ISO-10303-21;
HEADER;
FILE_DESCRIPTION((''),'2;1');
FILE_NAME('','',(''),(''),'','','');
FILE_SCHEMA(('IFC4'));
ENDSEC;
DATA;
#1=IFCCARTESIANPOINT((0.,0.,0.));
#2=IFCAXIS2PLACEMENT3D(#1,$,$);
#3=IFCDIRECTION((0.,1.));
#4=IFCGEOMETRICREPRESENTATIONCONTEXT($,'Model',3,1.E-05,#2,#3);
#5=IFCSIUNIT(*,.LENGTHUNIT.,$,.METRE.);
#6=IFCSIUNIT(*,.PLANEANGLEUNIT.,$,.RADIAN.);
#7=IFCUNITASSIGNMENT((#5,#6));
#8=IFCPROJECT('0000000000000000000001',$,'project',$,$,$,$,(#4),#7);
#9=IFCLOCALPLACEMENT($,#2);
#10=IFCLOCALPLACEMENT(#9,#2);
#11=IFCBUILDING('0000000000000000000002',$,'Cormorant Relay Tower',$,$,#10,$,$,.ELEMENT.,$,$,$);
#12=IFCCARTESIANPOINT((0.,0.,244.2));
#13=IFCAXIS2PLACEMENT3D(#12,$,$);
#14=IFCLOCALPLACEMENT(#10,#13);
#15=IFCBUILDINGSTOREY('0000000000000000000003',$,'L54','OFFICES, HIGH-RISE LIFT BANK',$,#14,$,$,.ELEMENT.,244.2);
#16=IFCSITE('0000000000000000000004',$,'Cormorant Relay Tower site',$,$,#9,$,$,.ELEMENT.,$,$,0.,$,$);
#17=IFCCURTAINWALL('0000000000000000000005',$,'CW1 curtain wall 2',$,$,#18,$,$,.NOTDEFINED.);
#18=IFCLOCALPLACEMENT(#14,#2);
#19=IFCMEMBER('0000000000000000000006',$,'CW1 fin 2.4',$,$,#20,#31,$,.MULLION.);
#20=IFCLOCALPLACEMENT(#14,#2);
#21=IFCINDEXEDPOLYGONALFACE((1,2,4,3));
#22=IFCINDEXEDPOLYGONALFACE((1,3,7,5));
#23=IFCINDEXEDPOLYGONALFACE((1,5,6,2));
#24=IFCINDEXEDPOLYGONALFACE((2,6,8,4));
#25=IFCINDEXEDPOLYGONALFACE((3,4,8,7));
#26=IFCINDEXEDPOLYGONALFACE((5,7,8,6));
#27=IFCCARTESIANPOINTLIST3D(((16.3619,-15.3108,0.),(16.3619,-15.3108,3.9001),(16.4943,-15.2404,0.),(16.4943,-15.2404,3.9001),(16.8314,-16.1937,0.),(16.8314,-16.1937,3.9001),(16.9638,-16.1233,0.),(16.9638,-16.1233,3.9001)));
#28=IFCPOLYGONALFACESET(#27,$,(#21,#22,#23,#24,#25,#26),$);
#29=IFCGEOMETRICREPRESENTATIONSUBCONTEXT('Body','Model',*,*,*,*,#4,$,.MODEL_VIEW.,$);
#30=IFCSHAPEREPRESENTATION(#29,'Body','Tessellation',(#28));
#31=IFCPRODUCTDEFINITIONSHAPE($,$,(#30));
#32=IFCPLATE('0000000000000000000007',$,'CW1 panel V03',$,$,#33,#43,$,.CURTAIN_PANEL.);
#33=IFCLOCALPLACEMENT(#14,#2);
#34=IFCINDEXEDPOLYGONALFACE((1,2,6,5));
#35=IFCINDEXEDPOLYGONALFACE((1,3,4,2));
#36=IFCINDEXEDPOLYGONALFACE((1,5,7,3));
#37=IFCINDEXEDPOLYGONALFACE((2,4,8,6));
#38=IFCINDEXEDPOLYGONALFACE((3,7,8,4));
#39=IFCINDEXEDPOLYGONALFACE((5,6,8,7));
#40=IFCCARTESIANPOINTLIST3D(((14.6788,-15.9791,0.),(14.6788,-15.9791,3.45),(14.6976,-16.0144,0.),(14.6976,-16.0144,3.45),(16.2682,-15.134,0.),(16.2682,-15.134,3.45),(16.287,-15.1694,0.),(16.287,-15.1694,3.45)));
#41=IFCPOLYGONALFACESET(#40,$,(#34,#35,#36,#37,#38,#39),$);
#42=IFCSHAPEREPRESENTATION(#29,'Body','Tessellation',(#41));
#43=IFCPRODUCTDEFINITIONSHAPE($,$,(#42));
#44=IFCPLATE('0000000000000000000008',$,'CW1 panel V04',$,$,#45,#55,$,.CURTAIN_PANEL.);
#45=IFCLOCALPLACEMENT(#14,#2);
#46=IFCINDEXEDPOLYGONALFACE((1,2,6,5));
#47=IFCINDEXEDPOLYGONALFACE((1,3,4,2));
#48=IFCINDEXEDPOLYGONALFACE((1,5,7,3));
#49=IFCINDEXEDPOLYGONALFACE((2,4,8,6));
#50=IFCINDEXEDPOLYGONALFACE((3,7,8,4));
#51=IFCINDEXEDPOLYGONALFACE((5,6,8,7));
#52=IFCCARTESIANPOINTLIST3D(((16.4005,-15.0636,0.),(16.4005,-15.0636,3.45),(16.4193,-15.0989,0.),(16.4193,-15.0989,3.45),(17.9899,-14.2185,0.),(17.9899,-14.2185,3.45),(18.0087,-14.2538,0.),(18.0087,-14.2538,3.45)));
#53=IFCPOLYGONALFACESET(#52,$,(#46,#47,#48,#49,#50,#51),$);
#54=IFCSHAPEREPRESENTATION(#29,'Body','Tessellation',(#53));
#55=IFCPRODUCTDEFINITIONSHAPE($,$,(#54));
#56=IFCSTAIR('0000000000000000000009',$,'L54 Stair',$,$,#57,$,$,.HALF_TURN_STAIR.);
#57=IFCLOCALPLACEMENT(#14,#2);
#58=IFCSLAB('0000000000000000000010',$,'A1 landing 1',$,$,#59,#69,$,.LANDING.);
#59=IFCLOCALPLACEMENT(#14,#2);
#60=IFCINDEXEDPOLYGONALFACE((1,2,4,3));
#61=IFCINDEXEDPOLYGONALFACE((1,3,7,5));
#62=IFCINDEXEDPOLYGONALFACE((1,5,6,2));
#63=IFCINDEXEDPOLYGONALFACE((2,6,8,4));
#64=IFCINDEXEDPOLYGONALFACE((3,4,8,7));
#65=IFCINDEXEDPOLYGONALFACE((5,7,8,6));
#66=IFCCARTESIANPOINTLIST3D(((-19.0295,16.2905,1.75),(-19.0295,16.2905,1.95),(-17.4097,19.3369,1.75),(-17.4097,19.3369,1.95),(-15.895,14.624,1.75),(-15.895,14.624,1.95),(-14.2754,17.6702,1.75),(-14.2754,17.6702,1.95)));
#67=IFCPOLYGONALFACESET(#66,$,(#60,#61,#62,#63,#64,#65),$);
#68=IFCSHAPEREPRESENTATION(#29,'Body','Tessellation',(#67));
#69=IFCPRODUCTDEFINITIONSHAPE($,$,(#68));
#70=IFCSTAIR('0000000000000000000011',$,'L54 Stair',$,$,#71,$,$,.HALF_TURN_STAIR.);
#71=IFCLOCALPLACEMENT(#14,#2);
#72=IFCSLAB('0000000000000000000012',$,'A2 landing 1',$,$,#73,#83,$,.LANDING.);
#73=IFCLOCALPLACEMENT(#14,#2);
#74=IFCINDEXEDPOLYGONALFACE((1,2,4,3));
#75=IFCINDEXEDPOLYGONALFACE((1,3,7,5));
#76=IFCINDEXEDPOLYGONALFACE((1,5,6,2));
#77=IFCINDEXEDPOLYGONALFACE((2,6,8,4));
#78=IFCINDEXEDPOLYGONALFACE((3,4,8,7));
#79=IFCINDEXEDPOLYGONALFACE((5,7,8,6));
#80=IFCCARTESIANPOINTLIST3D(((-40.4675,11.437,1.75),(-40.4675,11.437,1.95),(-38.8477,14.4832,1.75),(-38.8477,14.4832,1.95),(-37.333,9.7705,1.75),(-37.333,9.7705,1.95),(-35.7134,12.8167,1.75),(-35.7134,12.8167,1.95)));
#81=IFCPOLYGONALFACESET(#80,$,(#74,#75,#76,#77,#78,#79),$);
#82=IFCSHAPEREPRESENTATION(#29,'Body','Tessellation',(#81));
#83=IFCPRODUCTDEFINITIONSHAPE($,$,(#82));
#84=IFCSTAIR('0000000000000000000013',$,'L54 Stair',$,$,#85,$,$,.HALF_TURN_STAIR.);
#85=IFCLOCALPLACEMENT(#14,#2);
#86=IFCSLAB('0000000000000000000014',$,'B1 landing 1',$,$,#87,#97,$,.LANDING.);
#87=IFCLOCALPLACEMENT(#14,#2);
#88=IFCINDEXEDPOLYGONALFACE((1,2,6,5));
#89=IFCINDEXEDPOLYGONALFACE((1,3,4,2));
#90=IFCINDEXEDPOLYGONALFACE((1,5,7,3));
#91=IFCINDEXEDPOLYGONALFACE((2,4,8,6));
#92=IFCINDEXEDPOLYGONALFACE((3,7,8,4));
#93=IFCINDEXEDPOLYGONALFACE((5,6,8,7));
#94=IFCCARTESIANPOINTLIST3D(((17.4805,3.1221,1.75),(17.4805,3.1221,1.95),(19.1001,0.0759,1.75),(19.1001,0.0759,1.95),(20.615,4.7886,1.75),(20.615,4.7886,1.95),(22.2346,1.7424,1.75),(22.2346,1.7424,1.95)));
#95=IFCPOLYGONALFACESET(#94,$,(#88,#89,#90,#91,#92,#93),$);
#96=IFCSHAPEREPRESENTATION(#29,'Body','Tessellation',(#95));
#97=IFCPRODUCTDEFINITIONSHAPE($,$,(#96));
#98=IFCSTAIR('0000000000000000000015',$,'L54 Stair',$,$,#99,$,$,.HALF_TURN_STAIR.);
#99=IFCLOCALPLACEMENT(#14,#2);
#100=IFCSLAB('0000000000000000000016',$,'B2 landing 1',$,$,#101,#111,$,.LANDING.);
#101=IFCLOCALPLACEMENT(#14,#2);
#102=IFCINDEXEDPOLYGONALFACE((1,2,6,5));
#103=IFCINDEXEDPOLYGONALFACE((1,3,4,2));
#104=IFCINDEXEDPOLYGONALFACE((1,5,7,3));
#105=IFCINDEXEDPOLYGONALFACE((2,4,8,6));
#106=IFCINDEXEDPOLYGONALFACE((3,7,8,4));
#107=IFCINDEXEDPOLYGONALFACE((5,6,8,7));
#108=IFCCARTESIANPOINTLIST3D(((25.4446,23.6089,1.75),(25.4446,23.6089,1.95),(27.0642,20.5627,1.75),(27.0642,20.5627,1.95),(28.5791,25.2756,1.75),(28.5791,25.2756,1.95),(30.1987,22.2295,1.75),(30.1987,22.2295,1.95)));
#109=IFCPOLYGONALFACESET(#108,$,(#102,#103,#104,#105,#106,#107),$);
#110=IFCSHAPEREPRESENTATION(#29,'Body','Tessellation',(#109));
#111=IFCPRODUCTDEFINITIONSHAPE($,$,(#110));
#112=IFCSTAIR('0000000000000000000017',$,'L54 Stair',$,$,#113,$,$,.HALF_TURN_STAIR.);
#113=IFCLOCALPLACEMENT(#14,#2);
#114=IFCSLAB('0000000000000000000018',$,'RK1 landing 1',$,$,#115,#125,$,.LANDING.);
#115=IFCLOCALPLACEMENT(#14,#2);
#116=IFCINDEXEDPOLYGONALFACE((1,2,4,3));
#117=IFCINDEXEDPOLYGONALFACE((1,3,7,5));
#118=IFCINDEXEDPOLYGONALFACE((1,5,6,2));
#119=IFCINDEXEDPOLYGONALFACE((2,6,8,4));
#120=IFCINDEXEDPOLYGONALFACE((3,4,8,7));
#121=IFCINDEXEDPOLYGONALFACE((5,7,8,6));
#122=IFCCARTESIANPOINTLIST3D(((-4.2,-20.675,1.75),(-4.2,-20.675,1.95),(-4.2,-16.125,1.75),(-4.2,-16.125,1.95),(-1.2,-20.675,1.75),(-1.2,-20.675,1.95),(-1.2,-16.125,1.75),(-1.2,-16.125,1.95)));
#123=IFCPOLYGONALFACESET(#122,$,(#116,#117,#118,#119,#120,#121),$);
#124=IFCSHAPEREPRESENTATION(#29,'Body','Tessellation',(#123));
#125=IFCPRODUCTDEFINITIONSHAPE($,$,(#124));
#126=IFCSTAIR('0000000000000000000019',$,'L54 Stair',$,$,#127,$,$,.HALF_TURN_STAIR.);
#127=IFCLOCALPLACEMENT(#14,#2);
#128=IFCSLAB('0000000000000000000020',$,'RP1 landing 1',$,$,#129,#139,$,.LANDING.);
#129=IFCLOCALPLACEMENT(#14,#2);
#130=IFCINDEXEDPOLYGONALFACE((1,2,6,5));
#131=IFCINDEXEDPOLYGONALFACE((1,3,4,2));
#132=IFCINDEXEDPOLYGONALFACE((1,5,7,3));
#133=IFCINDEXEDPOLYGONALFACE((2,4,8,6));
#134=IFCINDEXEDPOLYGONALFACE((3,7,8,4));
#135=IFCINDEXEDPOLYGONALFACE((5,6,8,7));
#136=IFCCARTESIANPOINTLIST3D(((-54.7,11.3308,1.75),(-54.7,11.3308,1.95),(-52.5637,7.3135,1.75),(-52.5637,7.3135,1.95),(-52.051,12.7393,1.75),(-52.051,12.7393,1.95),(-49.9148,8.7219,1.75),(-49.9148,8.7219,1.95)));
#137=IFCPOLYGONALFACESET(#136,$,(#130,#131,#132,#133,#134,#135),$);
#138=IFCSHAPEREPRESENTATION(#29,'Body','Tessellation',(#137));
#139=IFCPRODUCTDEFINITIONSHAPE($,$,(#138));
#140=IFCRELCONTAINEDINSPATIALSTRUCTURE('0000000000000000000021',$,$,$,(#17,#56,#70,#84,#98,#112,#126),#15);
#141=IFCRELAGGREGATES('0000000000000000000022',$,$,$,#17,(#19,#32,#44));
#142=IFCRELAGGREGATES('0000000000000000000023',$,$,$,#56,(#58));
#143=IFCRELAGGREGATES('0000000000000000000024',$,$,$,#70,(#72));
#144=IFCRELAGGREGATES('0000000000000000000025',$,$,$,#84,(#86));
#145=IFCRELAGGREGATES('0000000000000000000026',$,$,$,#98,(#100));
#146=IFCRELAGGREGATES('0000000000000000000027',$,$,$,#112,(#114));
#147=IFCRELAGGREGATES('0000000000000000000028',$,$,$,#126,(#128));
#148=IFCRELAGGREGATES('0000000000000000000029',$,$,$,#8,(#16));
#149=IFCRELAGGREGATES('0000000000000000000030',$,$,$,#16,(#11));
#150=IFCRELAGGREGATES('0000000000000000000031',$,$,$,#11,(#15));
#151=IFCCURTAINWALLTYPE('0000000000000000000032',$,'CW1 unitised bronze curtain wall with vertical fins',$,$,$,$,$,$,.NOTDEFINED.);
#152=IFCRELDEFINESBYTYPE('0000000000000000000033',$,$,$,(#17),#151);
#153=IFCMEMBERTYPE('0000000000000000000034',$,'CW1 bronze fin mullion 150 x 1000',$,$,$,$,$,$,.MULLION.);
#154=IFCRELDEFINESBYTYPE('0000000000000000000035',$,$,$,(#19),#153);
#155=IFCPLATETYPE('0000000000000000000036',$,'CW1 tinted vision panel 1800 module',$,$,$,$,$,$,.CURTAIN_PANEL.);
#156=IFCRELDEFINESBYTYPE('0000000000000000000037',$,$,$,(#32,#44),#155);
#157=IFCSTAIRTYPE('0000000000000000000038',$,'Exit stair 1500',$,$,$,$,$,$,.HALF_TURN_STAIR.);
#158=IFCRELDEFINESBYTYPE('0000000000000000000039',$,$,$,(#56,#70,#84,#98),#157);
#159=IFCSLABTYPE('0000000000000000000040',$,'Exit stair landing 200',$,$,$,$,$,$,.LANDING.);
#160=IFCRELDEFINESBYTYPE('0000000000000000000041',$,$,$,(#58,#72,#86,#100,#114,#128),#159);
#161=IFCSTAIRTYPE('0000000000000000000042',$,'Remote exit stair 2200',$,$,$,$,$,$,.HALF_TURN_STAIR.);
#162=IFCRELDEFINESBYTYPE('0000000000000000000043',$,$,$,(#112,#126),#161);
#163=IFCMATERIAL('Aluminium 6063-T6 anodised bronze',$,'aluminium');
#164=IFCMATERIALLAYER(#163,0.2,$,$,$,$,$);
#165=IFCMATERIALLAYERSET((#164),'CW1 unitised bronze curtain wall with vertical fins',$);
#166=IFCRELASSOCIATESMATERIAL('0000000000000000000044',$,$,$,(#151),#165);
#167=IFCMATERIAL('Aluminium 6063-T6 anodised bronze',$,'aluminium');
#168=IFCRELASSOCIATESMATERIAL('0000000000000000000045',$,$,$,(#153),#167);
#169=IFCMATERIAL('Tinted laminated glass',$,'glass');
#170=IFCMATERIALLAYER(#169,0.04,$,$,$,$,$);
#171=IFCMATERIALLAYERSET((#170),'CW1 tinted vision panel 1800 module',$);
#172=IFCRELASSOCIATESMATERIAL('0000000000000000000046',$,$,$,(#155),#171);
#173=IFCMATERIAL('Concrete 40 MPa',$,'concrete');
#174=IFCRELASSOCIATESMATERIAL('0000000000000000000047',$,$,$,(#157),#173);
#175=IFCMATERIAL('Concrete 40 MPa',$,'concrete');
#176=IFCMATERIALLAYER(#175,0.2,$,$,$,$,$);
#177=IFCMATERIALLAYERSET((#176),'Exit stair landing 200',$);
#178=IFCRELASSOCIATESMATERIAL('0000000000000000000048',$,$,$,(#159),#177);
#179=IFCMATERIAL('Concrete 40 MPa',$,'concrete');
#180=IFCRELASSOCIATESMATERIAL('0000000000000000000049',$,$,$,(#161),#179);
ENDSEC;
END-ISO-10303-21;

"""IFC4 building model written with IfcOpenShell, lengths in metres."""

from ifc_helpers import new_model, si_unit, direction, frame, origin, origin_2d, place, context, subcontext, project, spatial, polyline, rectangle, outline, extrude, material, layer, layer_set, material_profile, profile_set, type_object, element, aggregate, save


model = new_model("IFC4")

# Units and contexts
model_context = context("Model", 3, precision=1e-05, world=origin(), true_north=direction((0.0, 1.0)))
body_context = subcontext(model_context, "Body", "Model", "MODEL_VIEW")
ifc_project = project(units=[si_unit("LENGTHUNIT", "METRE"), si_unit("PLANEANGLEUNIT", "RADIAN")], contexts=[model_context])

# Site, building, storey
site_placement = place(None, origin())
site = spatial("IfcSite", under=ifc_project, at=site_placement, Name="Cormorant Relay Tower site", CompositionType="ELEMENT", RefElevation=0.0)
building_placement = place(site_placement, origin())
building = spatial("IfcBuilding", under=site, at=building_placement, Name="Cormorant Relay Tower", CompositionType="ELEMENT")
storey_placement = place(building_placement, frame((0.0, 0.0, 244.2)))
storey = spatial("IfcBuildingStorey", under=building, at=storey_placement, Name="L54", Description="OFFICES, HIGH-RISE LIFT BANK", CompositionType="ELEMENT", Elevation=244.2)

# Curtain wall, member, plates
ifc_material_1 = material(Name="Aluminium 6063-T6 anodised bronze", Category="aluminium")
ifc_layer_1 = layer(ifc_material_1, 0.2)
ifc_layer_set_1 = layer_set([ifc_layer_1], Name="CW1 unitised bronze curtain wall with vertical fins")
curtain_wall_type = type_object("IfcCurtainWallType", Name="CW1 unitised bronze curtain wall with vertical fins", PredefinedType="NOTDEFINED", material=ifc_layer_set_1)
curtain_wall_placement = place(storey_placement, origin())
curtain_wall = element("IfcCurtainWall", 1, at=curtain_wall_placement, inside=storey, type_object=curtain_wall_type, Name="CW1 curtain wall 2", PredefinedType="NOTDEFINED")
ifc_material_2 = material(Name="Aluminium 6063-T6 anodised bronze", Category="aluminium")
ifc_material_profile_1 = material_profile(ifc_material_2, rectangle(XDim=0.1499, YDim=1.0, at=origin_2d()), Name="AL 150x1000")
ifc_profile_set_1 = profile_set([ifc_material_profile_1], Name="Aluminium 6063-T6 anodised bronze")
member_type = type_object("IfcMemberType", Name="CW1 bronze fin mullion 150 x 1000", PredefinedType="MULLION", material=ifc_profile_set_1)
member_placement = place(storey_placement, frame((16.6628, -15.717, 0.0), z_axis=(0.0, 0.0, 1.0), x_axis=(0.882948, 0.469472, 0.0)))
member = element("IfcMember", 2, at=member_placement, type_object=member_type, Name="CW1 fin 2.4", PredefinedType="MULLION", context=body_context, shape_type="SweptSolid", body=[
    extrude(rectangle(XDim=0.1499, YDim=1.0, at=origin_2d()), origin(), (0.0, 0.0, 1.0), 3.9001),
])
ifc_material_3 = material(Name="Tinted laminated glass", Category="glass")
ifc_layer_2 = layer(ifc_material_3, 0.04)
ifc_layer_set_2 = layer_set([ifc_layer_2], Name="CW1 tinted vision panel 1800 module")
plate_type = type_object("IfcPlateType", Name="CW1 tinted vision panel 1800 module", PredefinedType="CURTAIN_PANEL", material=ifc_layer_set_2)
plate_1_placement = place(storey_placement, frame((15.4829, -15.5742, 0.0), z_axis=(0.0, 0.0, 1.0), x_axis=(0.882948, 0.469472, 0.0)))
plate_1 = element("IfcPlate", 3, at=plate_1_placement, type_object=plate_type, Name="CW1 panel V03", PredefinedType="CURTAIN_PANEL", context=body_context, shape_type="SweptSolid", body=[
    extrude(rectangle(XDim=1.8, YDim=0.04, at=origin_2d()), origin(), (0.0, 0.0, 1.0), 3.45),
])
plate_2_placement = place(storey_placement, frame((17.2046, -14.6587, 0.0), z_axis=(0.0, 0.0, 1.0), x_axis=(0.882948, 0.469472, 0.0)))
plate_2 = element("IfcPlate", 4, at=plate_2_placement, type_object=plate_type, Name="CW1 panel V04", PredefinedType="CURTAIN_PANEL", context=body_context, shape_type="SweptSolid", body=[
    extrude(rectangle(XDim=1.8, YDim=0.04, at=origin_2d()), origin(), (0.0, 0.0, 1.0), 3.45),
])
aggregate(curtain_wall, [member, plate_1, plate_2])

# Stairs, slabs
ifc_material_4 = material(Name="Concrete 40 MPa", Category="concrete")
stair_type_1 = type_object("IfcStairType", Name="Exit stair 1500", PredefinedType="HALF_TURN_STAIR", material=ifc_material_4)
stair_1_placement = place(storey_placement, origin())
stair_1 = element("IfcStair", 5, at=stair_1_placement, inside=storey, type_object=stair_type_1, Name="L54 Stair", PredefinedType="HALF_TURN_STAIR")
ifc_material_5 = material(Name="Concrete 40 MPa", Category="concrete")
ifc_layer_3 = layer(ifc_material_5, 0.2)
ifc_layer_set_3 = layer_set([ifc_layer_3], Name="Exit stair landing 200")
slab_type_1 = type_object("IfcSlabType", Name="Exit stair landing 200", PredefinedType="LANDING", material=ifc_layer_set_3)
slab_1_placement = place(storey_placement, frame((0.0, 0.0, 1.75)))
slab_1 = element("IfcSlab", 6, at=slab_1_placement, type_object=slab_type_1, Name="A1 landing 1", PredefinedType="LANDING", context=body_context, shape_type="SweptSolid", body=[
    extrude(outline(polyline([(-19.0295, 16.2905), (-15.895, 14.624), (-14.2754, 17.6702), (-17.4097, 19.3369), (-19.0295, 16.2905)])), origin(), (0.0, 0.0, 1.0), 0.2),
])
aggregate(stair_1, [slab_1])
stair_2_placement = place(storey_placement, origin())
stair_2 = element("IfcStair", 7, at=stair_2_placement, inside=storey, type_object=stair_type_1, Name="L54 Stair", PredefinedType="HALF_TURN_STAIR")
slab_2_placement = place(storey_placement, frame((0.0, 0.0, 1.75)))
slab_2 = element("IfcSlab", 8, at=slab_2_placement, type_object=slab_type_1, Name="A2 landing 1", PredefinedType="LANDING", context=body_context, shape_type="SweptSolid", body=[
    extrude(outline(polyline([(-35.7134, 12.8167), (-38.8477, 14.4832), (-40.4675, 11.437), (-37.333, 9.7705), (-35.7134, 12.8167)])), origin(), (0.0, 0.0, 1.0), 0.2),
])
aggregate(stair_2, [slab_2])
stair_3_placement = place(storey_placement, origin())
stair_3 = element("IfcStair", 9, at=stair_3_placement, inside=storey, type_object=stair_type_1, Name="L54 Stair", PredefinedType="HALF_TURN_STAIR")
slab_3_placement = place(storey_placement, frame((0.0, 0.0, 1.75)))
slab_3 = element("IfcSlab", 10, at=slab_3_placement, type_object=slab_type_1, Name="B1 landing 1", PredefinedType="LANDING", context=body_context, shape_type="SweptSolid", body=[
    extrude(outline(polyline([(20.615, 4.7886), (17.4805, 3.1221), (19.1001, 0.0759), (22.2346, 1.7424), (20.615, 4.7886)])), origin(), (0.0, 0.0, 1.0), 0.2),
])
aggregate(stair_3, [slab_3])
stair_4_placement = place(storey_placement, origin())
stair_4 = element("IfcStair", 11, at=stair_4_placement, inside=storey, type_object=stair_type_1, Name="L54 Stair", PredefinedType="HALF_TURN_STAIR")
slab_4_placement = place(storey_placement, frame((0.0, 0.0, 1.75)))
slab_4 = element("IfcSlab", 12, at=slab_4_placement, type_object=slab_type_1, Name="B2 landing 1", PredefinedType="LANDING", context=body_context, shape_type="SweptSolid", body=[
    extrude(outline(polyline([(27.0642, 20.5627), (30.1987, 22.2295), (28.5791, 25.2756), (25.4446, 23.6089), (27.0642, 20.5627)])), origin(), (0.0, 0.0, 1.0), 0.2),
])
aggregate(stair_4, [slab_4])
ifc_material_6 = material(Name="Concrete 40 MPa", Category="concrete")
stair_type_2 = type_object("IfcStairType", Name="Remote exit stair 2200", PredefinedType="HALF_TURN_STAIR", material=ifc_material_6)
stair_5_placement = place(storey_placement, origin())
stair_5 = element("IfcStair", 13, at=stair_5_placement, inside=storey, type_object=stair_type_2, Name="L54 Stair", PredefinedType="HALF_TURN_STAIR")
slab_5_placement = place(storey_placement, frame((0.0, 0.0, 1.75)))
slab_5 = element("IfcSlab", 14, at=slab_5_placement, type_object=slab_type_1, Name="RK1 landing 1", PredefinedType="LANDING", context=body_context, shape_type="SweptSolid", body=[
    extrude(outline(polyline([(-1.2, -16.125), (-4.2, -16.125), (-4.2, -20.675), (-1.2, -20.675), (-1.2, -16.125)])), origin(), (0.0, 0.0, 1.0), 0.2),
])
aggregate(stair_5, [slab_5])
stair_6_placement = place(storey_placement, origin())
stair_6 = element("IfcStair", 15, at=stair_6_placement, inside=storey, type_object=stair_type_2, Name="L54 Stair", PredefinedType="HALF_TURN_STAIR")
slab_6_placement = place(storey_placement, frame((0.0, 0.0, 1.75)))
slab_6 = element("IfcSlab", 16, at=slab_6_placement, type_object=slab_type_1, Name="RP1 landing 1", PredefinedType="LANDING", context=body_context, shape_type="SweptSolid", body=[
    extrude(outline(polyline([(-52.051, 12.7393), (-54.7, 11.3308), (-52.5637, 7.3135), (-49.9148, 8.7219), (-52.051, 12.7393)])), origin(), (0.0, 0.0, 1.0), 0.2),
])
aggregate(stair_6, [slab_6])

save(model, "model.ifc")
